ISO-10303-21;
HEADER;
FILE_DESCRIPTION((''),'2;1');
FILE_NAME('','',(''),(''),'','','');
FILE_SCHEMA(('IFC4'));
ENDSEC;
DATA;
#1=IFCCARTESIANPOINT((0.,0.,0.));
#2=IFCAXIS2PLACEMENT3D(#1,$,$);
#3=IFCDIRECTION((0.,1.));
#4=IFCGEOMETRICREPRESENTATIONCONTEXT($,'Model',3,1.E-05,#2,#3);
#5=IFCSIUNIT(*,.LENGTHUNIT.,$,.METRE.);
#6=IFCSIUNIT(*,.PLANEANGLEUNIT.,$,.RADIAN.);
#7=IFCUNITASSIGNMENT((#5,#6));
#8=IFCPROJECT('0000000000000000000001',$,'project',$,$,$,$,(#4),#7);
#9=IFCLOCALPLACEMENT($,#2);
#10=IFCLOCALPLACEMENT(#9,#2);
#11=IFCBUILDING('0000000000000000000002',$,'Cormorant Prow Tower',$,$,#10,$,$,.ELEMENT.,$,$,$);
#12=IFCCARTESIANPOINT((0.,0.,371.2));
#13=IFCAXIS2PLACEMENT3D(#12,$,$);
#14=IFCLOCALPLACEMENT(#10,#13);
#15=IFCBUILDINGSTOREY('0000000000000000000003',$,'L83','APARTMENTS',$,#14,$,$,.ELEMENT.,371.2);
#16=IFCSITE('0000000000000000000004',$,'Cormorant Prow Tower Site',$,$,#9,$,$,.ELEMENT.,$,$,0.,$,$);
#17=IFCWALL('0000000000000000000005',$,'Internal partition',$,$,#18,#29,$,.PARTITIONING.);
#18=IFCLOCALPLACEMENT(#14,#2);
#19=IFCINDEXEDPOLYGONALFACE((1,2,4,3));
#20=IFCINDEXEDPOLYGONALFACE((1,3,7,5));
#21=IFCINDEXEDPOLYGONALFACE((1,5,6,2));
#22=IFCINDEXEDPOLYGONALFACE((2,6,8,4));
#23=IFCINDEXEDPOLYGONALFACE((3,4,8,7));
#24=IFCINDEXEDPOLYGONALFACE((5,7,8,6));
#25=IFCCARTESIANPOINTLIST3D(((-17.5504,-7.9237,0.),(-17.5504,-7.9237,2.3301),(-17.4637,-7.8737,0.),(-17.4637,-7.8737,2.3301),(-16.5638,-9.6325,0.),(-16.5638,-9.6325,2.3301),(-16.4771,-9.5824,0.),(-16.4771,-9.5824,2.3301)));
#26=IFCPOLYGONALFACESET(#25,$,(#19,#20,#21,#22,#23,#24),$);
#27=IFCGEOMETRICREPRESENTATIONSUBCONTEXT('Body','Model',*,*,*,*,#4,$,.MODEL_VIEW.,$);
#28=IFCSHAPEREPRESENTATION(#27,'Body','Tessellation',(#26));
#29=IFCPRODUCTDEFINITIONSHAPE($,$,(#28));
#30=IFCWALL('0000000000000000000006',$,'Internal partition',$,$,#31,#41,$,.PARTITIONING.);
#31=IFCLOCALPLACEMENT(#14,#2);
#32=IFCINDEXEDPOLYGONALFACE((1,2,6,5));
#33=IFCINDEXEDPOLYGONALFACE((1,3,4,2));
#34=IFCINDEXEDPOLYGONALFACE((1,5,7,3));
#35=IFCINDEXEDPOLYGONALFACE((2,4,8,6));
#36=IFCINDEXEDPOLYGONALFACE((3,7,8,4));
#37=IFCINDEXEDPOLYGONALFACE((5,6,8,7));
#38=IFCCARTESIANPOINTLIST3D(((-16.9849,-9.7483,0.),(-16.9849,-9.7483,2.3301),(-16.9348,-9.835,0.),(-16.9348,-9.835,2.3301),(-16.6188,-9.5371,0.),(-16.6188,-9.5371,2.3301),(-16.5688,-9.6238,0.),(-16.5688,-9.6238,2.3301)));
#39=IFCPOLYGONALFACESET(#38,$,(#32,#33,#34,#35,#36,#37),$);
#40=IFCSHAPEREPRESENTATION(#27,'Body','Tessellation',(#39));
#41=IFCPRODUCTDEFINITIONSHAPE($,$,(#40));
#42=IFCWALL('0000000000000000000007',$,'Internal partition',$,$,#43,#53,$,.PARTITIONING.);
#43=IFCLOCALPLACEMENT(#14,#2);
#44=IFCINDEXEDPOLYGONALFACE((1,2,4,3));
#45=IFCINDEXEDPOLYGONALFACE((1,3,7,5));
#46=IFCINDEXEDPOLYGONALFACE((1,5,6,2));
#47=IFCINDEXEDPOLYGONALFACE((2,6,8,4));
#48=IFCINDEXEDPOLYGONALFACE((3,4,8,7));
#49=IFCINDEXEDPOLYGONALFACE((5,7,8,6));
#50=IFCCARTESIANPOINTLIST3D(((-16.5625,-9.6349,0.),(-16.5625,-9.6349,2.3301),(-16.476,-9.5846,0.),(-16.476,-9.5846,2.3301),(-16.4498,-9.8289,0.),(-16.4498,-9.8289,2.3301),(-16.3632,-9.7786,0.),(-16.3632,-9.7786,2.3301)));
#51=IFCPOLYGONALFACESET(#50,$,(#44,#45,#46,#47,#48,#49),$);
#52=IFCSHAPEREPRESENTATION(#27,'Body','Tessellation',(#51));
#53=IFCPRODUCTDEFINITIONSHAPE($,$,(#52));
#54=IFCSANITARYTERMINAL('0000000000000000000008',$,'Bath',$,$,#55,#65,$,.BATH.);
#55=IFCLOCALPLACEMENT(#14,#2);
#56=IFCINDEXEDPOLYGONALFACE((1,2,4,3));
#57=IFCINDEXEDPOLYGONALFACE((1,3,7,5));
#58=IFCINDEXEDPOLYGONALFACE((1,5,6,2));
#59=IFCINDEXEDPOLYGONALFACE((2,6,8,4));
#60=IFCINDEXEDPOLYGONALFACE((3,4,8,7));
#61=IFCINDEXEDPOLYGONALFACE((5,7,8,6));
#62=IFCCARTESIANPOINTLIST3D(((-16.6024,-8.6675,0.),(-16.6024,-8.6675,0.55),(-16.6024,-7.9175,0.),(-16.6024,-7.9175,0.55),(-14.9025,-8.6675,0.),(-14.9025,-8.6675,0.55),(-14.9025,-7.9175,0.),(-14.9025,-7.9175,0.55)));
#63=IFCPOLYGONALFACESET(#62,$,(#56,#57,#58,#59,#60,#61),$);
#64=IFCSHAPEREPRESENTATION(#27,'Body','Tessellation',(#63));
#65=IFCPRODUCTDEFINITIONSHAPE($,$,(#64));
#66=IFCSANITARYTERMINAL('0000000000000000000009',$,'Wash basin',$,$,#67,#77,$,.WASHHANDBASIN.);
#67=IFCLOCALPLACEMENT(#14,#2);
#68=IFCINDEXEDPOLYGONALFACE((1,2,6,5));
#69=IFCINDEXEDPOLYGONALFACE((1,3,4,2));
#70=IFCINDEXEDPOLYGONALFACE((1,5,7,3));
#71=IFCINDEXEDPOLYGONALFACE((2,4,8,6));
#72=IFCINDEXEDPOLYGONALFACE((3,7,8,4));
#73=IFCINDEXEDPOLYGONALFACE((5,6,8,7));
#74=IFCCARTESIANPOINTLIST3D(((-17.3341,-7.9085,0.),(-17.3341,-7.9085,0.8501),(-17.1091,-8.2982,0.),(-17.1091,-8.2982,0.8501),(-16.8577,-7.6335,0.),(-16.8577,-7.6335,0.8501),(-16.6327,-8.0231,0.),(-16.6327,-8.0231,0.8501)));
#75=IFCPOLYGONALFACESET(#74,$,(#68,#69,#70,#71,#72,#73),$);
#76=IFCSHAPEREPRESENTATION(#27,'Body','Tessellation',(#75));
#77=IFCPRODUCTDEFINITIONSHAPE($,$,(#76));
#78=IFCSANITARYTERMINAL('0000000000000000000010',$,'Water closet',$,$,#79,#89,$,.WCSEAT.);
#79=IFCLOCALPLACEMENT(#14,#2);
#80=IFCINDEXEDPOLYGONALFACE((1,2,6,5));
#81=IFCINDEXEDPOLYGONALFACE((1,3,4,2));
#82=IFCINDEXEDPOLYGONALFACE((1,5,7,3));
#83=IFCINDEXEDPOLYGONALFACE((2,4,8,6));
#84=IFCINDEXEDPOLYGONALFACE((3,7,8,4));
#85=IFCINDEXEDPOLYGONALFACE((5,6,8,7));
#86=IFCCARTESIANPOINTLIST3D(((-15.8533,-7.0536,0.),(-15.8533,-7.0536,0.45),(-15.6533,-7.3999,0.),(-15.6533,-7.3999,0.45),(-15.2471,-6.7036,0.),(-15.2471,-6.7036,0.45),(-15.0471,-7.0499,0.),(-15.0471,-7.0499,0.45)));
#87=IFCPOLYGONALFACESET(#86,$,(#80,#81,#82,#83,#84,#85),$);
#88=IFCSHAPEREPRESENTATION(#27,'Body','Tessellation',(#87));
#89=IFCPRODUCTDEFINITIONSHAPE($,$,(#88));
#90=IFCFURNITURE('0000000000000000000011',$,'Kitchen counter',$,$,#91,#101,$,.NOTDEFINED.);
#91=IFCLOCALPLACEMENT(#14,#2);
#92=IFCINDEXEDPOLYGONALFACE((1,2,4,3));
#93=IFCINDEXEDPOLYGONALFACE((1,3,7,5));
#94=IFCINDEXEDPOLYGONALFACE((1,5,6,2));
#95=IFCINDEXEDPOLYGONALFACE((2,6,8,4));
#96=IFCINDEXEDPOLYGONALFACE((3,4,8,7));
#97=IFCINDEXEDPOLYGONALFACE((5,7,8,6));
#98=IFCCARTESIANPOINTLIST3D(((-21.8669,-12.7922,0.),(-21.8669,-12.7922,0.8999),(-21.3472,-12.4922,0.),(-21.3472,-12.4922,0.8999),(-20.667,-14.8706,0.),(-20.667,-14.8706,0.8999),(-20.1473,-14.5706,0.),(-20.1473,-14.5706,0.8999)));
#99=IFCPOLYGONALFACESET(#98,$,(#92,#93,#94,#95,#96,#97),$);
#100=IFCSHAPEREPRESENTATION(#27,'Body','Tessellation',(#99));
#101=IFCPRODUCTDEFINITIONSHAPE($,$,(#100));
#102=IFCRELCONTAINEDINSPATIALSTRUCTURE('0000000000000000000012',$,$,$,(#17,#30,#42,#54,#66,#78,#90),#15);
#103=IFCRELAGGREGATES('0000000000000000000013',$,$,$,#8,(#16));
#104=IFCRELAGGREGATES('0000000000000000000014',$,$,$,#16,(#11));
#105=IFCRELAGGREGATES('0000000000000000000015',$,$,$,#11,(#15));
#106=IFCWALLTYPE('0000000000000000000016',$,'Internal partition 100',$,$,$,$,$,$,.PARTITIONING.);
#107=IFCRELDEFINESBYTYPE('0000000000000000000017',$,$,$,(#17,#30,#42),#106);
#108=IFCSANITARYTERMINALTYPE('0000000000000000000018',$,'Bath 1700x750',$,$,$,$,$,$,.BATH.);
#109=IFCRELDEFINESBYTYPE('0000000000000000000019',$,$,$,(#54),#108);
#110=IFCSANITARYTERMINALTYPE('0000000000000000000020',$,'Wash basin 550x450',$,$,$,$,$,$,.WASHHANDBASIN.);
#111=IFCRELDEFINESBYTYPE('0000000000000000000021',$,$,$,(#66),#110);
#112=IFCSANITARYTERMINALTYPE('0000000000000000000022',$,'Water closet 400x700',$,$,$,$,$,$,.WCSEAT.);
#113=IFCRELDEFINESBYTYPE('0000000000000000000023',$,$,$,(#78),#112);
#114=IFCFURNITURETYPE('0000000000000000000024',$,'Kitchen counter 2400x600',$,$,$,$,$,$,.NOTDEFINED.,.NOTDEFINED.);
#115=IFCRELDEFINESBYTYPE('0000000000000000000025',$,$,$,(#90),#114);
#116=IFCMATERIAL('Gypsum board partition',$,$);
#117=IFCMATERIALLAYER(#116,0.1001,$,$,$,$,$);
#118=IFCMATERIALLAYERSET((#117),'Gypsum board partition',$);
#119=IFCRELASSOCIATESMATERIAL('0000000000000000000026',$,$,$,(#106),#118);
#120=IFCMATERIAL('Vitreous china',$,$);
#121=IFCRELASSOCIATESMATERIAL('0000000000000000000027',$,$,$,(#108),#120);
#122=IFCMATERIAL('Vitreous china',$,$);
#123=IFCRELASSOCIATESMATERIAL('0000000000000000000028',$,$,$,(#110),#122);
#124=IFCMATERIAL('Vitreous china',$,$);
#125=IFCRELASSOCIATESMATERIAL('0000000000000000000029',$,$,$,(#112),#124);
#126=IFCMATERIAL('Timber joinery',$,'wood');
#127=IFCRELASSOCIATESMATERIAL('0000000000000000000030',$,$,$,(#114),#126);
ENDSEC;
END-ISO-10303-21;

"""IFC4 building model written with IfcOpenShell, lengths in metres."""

from ifc_helpers import new_model, si_unit, direction, frame, frame_2d, origin, origin_2d, place, context, subcontext, project, spatial, rectangle, extrude, material, layer, layer_set, type_object, element, save


model = new_model("IFC4")

# Units and contexts
model_context = context("Model", 3, precision=1e-05, world=origin(), true_north=direction((0.0, 1.0)))
body_context = subcontext(model_context, "Body", "Model", "MODEL_VIEW")
ifc_project = project(units=[si_unit("LENGTHUNIT", "METRE"), si_unit("PLANEANGLEUNIT", "RADIAN")], contexts=[model_context])

# Site, building, storey
site_placement = place(None, origin())
site = spatial("IfcSite", under=ifc_project, at=site_placement, Name="Cormorant Prow Tower Site", CompositionType="ELEMENT", RefElevation=0.0)
building_placement = place(site_placement, origin())
building = spatial("IfcBuilding", under=site, at=building_placement, Name="Cormorant Prow Tower", CompositionType="ELEMENT")
storey_placement = place(building_placement, frame((0.0, 0.0, 371.2)))
storey = spatial("IfcBuildingStorey", under=building, at=storey_placement, Name="L83", Description="APARTMENTS", CompositionType="ELEMENT", Elevation=371.2)

# Shared definitions
ifc_material_1 = material(Name="Gypsum board partition")
ifc_layer_1 = layer(ifc_material_1, 0.1001)
ifc_layer_set_1 = layer_set([ifc_layer_1], Name="Gypsum board partition")
wall_type_1 = type_object("IfcWallType", Name="Internal partition 100", PredefinedType="PARTITIONING", material=ifc_layer_set_1)

# Walls
wall_1_placement = place(storey_placement, frame((-17.5071, -7.8987, 0.0), z_axis=(0.0, 0.0, 1.0), x_axis=(0.500012, -0.866019, 0.0)))
element("IfcWall", 1, at=wall_1_placement, inside=storey, type_object=wall_type_1, Name="Internal partition", PredefinedType="PARTITIONING", context=body_context, shape_type="SweptSolid", body=[
    extrude(rectangle(XDim=1.9731, YDim=0.1001, at=frame_2d((0.9866, 0.0))), origin(), (0.0, 0.0, 1.0), 2.3301),
])
wall_2_placement = place(storey_placement, frame((-16.96, -9.7917, 0.0), z_axis=(0.0, 0.0, 1.0), x_axis=(0.866137, 0.499806, 0.0)))
element("IfcWall", 2, at=wall_2_placement, inside=storey, type_object=wall_type_1, Name="Internal partition", PredefinedType="PARTITIONING", context=body_context, shape_type="SweptSolid", body=[
    extrude(rectangle(XDim=0.4226, YDim=0.1001, at=frame_2d((0.2114, 0.0))), origin(), (0.0, 0.0, 1.0), 2.3301),
])
wall_3_placement = place(storey_placement, frame((-16.5193, -9.6096, 0.0), z_axis=(0.0, 0.0, 1.0), x_axis=(0.50245, -0.864606, 0.0)))
element("IfcWall", 3, at=wall_3_placement, inside=storey, type_object=wall_type_1, Name="Internal partition", PredefinedType="PARTITIONING", context=body_context, shape_type="SweptSolid", body=[
    extrude(rectangle(XDim=0.2244, YDim=0.1001, at=frame_2d((0.1123, 0.0))), origin(), (0.0, 0.0, 1.0), 2.3301),
])

# Sanitary terminals
ifc_material_2 = material(Name="Vitreous china")
sanitary_terminal_type_1 = type_object("IfcSanitaryTerminalType", Name="Bath 1700x750", PredefinedType="BATH", material=ifc_material_2)
sanitary_terminal_1_placement = place(storey_placement, frame((-15.7524, -8.2925, 0.0), z_axis=(0.0, 0.0, 1.0), x_axis=(1.0, 0.0, 0.0)))
element("IfcSanitaryTerminal", 4, at=sanitary_terminal_1_placement, inside=storey, type_object=sanitary_terminal_type_1, Name="Bath", PredefinedType="BATH", context=body_context, shape_type="SweptSolid", body=[
    extrude(rectangle(XDim=1.7, YDim=0.75, at=origin_2d()), origin(), (0.0, 0.0, 1.0), 0.55),
])
ifc_material_3 = material(Name="Vitreous china")
sanitary_terminal_type_2 = type_object("IfcSanitaryTerminalType", Name="Wash basin 550x450", PredefinedType="WASHHANDBASIN", material=ifc_material_3)
sanitary_terminal_2_placement = place(storey_placement, frame((-16.9834, -7.9658, 0.0), z_axis=(0.0, 0.0, 1.0), x_axis=(0.866025, 0.5, 0.0)))
element("IfcSanitaryTerminal", 5, at=sanitary_terminal_2_placement, inside=storey, type_object=sanitary_terminal_type_2, Name="Wash basin", PredefinedType="WASHHANDBASIN", context=body_context, shape_type="SweptSolid", body=[
    extrude(rectangle(XDim=0.55, YDim=0.45, at=origin_2d()), origin(), (0.0, 0.0, 1.0), 0.8501),
])
ifc_material_4 = material(Name="Vitreous china")
sanitary_terminal_type_3 = type_object("IfcSanitaryTerminalType", Name="Water closet 400x700", PredefinedType="WCSEAT", material=ifc_material_4)
sanitary_terminal_3_placement = place(storey_placement, frame((-15.4502, -7.0518, 0.0), z_axis=(0.0, 0.0, 1.0), x_axis=(0.5, -0.866025, 0.0)))
element("IfcSanitaryTerminal", 6, at=sanitary_terminal_3_placement, inside=storey, type_object=sanitary_terminal_type_3, Name="Water closet", PredefinedType="WCSEAT", context=body_context, shape_type="SweptSolid", body=[
    extrude(rectangle(XDim=0.3999, YDim=0.7, at=origin_2d()), origin(), (0.0, 0.0, 1.0), 0.45),
])

# Furniture
ifc_material_5 = material(Name="Timber joinery", Category="wood")
furniture_type = type_object("IfcFurnitureType", Name="Kitchen counter 2400x600", AssemblyPlace="NOTDEFINED", PredefinedType="NOTDEFINED", material=ifc_material_5)
furniture_placement = place(storey_placement, frame((-21.0071, -13.6814, 0.0), z_axis=(0.0, 0.0, 1.0), x_axis=(0.5, -0.866025, 0.0)))
element("IfcFurniture", 7, at=furniture_placement, inside=storey, type_object=furniture_type, Name="Kitchen counter", PredefinedType="NOTDEFINED", context=body_context, shape_type="SweptSolid", body=[
    extrude(rectangle(XDim=2.3999, YDim=0.6001, at=origin_2d()), origin(), (0.0, 0.0, 1.0), 0.8999),
])

save(model, "model.ifc")
